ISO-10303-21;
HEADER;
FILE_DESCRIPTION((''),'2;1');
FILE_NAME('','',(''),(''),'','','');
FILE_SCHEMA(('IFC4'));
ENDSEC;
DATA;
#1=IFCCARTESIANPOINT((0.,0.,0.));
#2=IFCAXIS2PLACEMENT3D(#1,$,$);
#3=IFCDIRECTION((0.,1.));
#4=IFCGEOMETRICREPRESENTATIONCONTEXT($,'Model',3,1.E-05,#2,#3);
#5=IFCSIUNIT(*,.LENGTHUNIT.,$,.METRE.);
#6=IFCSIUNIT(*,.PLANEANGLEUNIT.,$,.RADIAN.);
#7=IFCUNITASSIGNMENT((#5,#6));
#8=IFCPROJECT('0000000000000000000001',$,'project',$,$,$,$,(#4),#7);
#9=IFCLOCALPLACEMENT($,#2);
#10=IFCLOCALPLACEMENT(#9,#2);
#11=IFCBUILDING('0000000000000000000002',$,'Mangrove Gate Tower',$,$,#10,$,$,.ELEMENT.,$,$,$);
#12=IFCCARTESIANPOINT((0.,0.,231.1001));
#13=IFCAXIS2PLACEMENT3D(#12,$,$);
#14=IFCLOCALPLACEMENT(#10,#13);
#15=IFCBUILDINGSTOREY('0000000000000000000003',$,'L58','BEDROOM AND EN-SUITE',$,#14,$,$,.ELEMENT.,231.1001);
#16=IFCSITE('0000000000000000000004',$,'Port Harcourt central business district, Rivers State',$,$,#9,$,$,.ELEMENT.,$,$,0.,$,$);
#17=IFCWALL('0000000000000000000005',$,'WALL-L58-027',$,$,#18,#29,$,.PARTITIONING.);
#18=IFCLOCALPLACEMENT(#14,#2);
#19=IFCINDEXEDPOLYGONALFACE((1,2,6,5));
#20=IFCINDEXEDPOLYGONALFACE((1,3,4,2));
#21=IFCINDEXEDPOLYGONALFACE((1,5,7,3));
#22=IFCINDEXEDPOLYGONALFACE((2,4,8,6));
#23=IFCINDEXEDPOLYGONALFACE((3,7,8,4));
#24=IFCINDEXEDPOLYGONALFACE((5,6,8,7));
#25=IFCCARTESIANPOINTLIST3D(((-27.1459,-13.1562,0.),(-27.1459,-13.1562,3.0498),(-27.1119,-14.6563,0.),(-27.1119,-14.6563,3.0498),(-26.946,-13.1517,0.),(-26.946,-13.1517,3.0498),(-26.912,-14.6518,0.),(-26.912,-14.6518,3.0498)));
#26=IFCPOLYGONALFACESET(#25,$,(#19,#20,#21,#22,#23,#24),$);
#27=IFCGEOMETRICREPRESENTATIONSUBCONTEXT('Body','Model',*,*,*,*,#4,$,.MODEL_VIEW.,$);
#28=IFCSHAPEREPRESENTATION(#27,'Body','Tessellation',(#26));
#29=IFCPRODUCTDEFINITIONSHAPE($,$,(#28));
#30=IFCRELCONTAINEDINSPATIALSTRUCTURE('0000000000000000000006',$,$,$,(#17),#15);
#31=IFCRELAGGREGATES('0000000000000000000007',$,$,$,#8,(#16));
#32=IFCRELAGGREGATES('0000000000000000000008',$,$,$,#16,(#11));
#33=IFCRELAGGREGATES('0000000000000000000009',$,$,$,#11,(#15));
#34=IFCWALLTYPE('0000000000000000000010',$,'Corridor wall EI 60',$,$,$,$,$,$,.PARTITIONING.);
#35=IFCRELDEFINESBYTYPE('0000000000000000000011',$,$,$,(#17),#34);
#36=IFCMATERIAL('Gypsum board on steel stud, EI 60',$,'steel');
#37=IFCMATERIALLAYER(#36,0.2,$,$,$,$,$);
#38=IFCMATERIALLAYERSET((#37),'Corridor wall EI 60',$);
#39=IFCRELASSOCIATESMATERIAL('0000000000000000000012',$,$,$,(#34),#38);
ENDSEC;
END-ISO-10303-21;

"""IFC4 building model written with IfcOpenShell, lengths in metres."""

from ifc_helpers import new_model, si_unit, direction, frame, frame_2d, origin, place, context, subcontext, project, spatial, rectangle, extrude, material, layer, layer_set, type_object, element, save


model = new_model("IFC4")

# Units and contexts
model_context = context("Model", 3, precision=1e-05, world=origin(), true_north=direction((0.0, 1.0)))
body_context = subcontext(model_context, "Body", "Model", "MODEL_VIEW")
ifc_project = project(units=[si_unit("LENGTHUNIT", "METRE"), si_unit("PLANEANGLEUNIT", "RADIAN")], contexts=[model_context])

# Site, building, storey
site_placement = place(None, origin())
site = spatial("IfcSite", under=ifc_project, at=site_placement, Name="Port Harcourt central business district, Rivers State", CompositionType="ELEMENT", RefElevation=0.0)
building_placement = place(site_placement, origin())
building = spatial("IfcBuilding", under=site, at=building_placement, Name="Mangrove Gate Tower", CompositionType="ELEMENT")
storey_placement = place(building_placement, frame((0.0, 0.0, 231.1001)))
storey = spatial("IfcBuildingStorey", under=building, at=storey_placement, Name="L58", Description="BEDROOM AND EN-SUITE", CompositionType="ELEMENT", Elevation=231.1001)

# Wall
ifc_material_1 = material(Name="Gypsum board on steel stud, EI 60", Category="steel")
ifc_layer_1 = layer(ifc_material_1, 0.2)
ifc_layer_set_1 = layer_set([ifc_layer_1], Name="Corridor wall EI 60")
wall_type_1 = type_object("IfcWallType", Name="Corridor wall EI 60", PredefinedType="PARTITIONING", material=ifc_layer_set_1)
wall_1_placement = place(storey_placement, frame((-27.012, -14.6541, 0.0), z_axis=(0.0, 0.0, 1.0), x_axis=(-0.022618, 0.999744, 0.0)))
element("IfcWall", 1, at=wall_1_placement, inside=storey, type_object=wall_type_1, Name="WALL-L58-027", PredefinedType="PARTITIONING", context=body_context, shape_type="SweptSolid", body=[
    extrude(rectangle(XDim=1.5005, YDim=0.2, at=frame_2d((0.7502, 0.0))), origin(), (0.0, 0.0, 1.0), 3.0498),
])

save(model, "model.ifc")
